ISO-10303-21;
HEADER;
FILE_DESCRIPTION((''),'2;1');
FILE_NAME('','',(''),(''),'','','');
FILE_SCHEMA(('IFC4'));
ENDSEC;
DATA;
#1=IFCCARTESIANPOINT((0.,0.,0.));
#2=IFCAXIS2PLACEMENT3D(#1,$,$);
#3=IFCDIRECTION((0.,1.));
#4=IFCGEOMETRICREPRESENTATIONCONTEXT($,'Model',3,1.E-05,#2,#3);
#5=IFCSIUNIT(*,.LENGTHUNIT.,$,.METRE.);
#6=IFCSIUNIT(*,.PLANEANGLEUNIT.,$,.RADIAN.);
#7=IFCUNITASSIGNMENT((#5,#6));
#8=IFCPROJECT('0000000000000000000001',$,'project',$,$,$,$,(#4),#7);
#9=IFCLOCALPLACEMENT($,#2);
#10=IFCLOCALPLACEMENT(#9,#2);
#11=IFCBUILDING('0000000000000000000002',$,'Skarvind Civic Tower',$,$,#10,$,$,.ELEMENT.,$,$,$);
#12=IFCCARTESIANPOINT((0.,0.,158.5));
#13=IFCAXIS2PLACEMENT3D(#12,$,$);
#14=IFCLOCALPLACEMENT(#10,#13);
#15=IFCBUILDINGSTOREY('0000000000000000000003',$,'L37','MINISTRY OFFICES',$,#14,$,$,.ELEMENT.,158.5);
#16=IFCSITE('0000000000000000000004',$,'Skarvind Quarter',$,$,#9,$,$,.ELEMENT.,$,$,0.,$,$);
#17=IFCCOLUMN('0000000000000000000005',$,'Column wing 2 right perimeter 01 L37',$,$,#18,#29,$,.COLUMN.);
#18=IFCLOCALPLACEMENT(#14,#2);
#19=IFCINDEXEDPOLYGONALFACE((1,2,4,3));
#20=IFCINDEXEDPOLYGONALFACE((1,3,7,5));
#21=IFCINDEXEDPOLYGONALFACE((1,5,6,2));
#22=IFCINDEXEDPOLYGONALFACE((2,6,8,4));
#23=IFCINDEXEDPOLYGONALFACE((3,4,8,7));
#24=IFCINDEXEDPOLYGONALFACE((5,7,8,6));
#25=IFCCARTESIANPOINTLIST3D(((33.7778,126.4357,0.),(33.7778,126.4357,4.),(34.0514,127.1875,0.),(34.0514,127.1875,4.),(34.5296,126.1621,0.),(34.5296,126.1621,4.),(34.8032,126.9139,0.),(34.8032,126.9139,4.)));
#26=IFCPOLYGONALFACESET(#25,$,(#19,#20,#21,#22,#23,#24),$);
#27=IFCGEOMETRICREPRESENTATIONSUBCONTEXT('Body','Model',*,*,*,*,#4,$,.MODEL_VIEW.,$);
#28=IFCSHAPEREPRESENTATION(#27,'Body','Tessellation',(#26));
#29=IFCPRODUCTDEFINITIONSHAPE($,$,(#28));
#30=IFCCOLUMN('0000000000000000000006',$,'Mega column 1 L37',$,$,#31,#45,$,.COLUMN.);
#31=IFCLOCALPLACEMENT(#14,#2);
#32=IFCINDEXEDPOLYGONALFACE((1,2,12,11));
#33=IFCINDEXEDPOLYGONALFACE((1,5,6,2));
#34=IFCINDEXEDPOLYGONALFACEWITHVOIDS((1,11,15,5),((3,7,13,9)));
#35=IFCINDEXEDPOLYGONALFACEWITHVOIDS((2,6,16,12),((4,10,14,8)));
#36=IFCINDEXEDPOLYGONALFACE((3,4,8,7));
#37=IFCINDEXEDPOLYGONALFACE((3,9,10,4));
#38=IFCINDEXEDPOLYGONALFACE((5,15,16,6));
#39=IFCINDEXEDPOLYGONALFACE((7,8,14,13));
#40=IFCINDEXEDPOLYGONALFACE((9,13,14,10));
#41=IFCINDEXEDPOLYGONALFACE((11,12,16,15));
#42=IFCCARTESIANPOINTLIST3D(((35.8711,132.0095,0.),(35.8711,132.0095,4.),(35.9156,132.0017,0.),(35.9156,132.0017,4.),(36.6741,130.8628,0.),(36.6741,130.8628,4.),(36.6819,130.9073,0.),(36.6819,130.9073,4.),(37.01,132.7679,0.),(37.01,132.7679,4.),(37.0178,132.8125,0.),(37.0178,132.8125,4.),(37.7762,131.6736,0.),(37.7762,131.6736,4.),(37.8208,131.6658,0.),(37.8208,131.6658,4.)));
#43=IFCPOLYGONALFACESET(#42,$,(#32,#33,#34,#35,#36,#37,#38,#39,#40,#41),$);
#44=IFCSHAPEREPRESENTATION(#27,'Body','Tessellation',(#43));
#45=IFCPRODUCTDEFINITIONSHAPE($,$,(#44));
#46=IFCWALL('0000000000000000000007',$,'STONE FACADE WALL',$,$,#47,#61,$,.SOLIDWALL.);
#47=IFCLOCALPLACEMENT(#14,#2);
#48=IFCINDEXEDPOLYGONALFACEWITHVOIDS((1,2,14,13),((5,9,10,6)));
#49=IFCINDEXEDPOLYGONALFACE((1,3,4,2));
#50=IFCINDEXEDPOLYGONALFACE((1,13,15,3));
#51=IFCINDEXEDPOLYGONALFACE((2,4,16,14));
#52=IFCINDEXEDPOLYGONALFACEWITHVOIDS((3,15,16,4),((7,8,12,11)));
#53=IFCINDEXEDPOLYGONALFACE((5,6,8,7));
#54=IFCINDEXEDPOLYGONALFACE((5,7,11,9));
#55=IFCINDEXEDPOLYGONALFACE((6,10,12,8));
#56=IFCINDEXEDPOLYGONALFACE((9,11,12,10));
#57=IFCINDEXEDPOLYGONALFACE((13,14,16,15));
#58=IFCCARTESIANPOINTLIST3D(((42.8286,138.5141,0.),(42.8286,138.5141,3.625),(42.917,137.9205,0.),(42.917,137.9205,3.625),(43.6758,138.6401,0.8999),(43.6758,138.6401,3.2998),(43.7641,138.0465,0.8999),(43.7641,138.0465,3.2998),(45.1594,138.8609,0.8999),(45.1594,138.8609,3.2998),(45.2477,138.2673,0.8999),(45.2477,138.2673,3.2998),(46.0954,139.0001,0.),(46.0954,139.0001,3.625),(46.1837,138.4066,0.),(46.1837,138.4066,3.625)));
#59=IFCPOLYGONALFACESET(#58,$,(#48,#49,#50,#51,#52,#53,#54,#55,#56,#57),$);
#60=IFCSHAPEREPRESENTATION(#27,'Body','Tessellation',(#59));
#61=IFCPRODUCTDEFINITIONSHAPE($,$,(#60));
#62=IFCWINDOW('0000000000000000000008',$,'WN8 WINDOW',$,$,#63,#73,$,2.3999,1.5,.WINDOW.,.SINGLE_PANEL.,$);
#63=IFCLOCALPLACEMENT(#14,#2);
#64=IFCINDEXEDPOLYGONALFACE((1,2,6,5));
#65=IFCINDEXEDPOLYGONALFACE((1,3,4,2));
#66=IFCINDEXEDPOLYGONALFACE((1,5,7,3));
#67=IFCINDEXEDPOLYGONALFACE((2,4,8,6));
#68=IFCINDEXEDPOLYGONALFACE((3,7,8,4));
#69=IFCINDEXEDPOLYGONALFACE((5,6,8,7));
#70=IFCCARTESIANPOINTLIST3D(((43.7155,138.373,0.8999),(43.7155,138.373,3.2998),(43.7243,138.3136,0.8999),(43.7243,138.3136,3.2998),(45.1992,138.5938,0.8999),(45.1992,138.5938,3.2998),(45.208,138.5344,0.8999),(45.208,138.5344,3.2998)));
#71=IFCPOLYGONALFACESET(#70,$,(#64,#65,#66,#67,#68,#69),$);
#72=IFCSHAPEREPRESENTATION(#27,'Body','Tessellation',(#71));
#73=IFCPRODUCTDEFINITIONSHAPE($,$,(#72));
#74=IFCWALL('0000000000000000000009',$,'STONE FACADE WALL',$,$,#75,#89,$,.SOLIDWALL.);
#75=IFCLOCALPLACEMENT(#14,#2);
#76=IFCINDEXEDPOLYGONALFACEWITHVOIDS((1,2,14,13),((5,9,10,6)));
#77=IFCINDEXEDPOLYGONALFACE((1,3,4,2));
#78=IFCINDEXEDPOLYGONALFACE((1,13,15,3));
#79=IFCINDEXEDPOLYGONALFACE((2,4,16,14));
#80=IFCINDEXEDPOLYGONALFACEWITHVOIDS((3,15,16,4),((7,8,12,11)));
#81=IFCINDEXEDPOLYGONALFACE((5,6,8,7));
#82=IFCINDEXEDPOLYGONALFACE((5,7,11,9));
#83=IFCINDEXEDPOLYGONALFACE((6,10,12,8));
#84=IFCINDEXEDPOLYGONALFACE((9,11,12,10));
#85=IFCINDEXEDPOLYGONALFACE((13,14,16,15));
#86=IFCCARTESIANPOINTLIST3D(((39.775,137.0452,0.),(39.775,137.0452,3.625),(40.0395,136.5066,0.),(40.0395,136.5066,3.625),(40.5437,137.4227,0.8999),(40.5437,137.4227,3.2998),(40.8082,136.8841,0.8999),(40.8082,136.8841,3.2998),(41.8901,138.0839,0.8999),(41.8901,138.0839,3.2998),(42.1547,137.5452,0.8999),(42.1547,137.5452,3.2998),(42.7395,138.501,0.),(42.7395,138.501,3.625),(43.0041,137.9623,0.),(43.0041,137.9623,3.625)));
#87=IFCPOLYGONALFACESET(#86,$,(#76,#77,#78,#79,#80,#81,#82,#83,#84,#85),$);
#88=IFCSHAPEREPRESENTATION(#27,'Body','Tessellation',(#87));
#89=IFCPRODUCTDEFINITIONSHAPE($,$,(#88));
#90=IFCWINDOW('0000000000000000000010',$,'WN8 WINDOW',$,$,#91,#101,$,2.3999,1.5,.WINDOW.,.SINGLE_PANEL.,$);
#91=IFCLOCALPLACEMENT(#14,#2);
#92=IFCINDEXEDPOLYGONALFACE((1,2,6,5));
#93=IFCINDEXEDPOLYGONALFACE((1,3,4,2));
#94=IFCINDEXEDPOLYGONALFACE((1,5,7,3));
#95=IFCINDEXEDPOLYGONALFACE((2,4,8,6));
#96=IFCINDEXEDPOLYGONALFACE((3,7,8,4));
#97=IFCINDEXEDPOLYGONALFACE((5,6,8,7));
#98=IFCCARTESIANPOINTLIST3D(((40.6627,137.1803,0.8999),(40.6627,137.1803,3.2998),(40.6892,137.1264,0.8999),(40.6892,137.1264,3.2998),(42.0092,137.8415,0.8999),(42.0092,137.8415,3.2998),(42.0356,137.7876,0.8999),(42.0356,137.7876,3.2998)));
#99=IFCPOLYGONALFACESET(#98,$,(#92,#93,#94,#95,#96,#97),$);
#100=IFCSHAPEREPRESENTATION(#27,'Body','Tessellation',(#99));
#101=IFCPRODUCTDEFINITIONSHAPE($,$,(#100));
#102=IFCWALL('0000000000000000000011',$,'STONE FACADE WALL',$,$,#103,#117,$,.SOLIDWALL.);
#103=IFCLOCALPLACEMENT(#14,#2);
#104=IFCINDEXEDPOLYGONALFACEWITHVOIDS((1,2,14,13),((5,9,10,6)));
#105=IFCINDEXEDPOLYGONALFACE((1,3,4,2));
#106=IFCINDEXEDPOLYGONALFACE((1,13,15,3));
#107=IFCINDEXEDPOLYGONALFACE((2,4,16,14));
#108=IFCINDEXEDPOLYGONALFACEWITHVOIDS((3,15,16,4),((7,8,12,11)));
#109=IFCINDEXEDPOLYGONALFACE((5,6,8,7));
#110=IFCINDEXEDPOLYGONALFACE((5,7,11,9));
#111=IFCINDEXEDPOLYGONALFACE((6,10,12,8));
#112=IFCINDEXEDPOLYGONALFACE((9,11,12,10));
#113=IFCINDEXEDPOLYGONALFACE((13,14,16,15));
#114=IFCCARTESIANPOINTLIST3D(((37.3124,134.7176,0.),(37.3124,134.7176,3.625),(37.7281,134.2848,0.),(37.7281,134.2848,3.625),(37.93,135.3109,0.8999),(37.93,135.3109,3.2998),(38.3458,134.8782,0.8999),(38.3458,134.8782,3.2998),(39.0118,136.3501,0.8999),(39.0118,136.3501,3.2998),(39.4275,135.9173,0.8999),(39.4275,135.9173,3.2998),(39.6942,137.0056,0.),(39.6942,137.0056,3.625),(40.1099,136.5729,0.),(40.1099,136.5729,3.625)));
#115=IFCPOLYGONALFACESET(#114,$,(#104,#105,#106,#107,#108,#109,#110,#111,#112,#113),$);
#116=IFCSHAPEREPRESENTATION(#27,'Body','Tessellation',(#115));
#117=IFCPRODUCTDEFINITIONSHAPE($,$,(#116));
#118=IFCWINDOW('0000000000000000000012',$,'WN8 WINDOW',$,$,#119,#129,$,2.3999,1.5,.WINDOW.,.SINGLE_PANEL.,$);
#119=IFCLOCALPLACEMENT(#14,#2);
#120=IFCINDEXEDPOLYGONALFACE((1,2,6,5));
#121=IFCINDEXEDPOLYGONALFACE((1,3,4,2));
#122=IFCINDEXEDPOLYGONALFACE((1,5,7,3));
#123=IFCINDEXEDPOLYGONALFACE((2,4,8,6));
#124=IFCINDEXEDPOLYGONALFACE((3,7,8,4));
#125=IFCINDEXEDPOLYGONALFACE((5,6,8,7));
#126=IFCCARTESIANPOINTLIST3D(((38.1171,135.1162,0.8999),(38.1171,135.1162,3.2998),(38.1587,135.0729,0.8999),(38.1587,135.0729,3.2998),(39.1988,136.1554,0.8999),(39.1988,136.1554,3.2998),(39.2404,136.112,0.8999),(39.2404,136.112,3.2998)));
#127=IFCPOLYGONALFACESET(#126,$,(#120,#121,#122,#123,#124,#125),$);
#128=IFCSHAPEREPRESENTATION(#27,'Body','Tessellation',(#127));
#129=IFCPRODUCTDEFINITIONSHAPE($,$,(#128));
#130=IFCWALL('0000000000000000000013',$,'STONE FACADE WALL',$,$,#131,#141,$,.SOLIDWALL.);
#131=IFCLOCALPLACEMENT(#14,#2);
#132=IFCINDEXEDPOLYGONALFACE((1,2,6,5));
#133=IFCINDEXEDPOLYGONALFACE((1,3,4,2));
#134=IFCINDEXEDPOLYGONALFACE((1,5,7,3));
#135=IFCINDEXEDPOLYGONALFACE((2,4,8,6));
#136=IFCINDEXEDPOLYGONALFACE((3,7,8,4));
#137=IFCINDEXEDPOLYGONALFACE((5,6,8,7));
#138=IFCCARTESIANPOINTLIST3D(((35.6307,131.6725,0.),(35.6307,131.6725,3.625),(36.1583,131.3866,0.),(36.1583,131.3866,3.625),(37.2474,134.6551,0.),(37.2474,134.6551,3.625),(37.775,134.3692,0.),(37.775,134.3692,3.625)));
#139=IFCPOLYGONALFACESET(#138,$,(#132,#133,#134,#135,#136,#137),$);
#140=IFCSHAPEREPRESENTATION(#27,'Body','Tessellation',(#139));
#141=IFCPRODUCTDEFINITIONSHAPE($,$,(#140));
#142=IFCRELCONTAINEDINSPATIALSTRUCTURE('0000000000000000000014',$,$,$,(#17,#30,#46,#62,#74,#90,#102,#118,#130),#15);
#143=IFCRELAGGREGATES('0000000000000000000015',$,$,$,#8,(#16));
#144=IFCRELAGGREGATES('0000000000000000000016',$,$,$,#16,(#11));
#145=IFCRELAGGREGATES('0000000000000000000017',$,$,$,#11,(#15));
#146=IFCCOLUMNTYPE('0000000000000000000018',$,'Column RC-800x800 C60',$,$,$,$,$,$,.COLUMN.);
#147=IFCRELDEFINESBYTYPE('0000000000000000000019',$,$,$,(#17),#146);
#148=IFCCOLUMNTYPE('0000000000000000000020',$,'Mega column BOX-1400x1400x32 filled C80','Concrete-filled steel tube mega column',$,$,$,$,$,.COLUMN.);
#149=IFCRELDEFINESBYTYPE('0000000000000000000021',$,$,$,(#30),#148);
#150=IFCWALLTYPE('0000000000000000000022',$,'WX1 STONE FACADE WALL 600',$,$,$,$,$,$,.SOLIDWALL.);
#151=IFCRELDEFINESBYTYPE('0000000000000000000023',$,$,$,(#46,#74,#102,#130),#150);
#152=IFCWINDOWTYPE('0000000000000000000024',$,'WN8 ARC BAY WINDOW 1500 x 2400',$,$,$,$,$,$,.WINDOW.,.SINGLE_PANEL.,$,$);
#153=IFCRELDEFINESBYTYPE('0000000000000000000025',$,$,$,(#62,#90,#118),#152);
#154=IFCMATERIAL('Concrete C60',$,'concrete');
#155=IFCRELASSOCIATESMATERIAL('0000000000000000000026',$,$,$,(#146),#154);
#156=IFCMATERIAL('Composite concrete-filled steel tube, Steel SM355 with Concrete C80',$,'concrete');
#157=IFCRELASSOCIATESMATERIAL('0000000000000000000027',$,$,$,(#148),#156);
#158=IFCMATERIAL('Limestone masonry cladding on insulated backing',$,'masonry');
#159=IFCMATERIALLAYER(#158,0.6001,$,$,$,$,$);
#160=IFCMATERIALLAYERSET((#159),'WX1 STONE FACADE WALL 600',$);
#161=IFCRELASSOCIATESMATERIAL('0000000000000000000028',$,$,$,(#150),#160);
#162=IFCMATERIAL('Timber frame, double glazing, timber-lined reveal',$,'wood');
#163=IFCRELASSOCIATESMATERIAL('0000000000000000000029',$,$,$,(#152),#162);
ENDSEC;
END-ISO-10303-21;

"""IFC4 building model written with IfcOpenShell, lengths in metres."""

from ifc_helpers import new_model, si_unit, direction, frame, frame_2d, origin, origin_2d, place, context, subcontext, project, spatial, rectangle, hollow_rectangle, extrude, material, layer, layer_set, material_profile, profile_set, type_object, element, fill, save


model = new_model("IFC4")

# Units and contexts
model_context = context("Model", 3, precision=1e-05, world=origin(), true_north=direction((0.0, 1.0)))
body_context = subcontext(model_context, "Body", "Model", "MODEL_VIEW")
ifc_project = project(units=[si_unit("LENGTHUNIT", "METRE"), si_unit("PLANEANGLEUNIT", "RADIAN")], contexts=[model_context])

# Site, building, storey
site_placement = place(None, origin())
site = spatial("IfcSite", under=ifc_project, at=site_placement, Name="Skarvind Quarter", CompositionType="ELEMENT", RefElevation=0.0)
building_placement = place(site_placement, origin())
building = spatial("IfcBuilding", under=site, at=building_placement, Name="Skarvind Civic Tower", CompositionType="ELEMENT")
storey_placement = place(building_placement, frame((0.0, 0.0, 158.5)))
storey = spatial("IfcBuildingStorey", under=building, at=storey_placement, Name="L37", Description="MINISTRY OFFICES", CompositionType="ELEMENT", Elevation=158.5)

# Columns
ifc_material_1 = material(Name="Concrete C60", Category="concrete")
ifc_material_profile_1 = material_profile(ifc_material_1, rectangle(XDim=0.8, YDim=0.8, at=origin_2d()), Name="RC-800x800")
ifc_profile_set_1 = profile_set([ifc_material_profile_1], Name="Concrete C60")
column_type_1 = type_object("IfcColumnType", Name="Column RC-800x800 C60", PredefinedType="COLUMN", material=ifc_profile_set_1)
column_1_placement = place(storey_placement, frame((34.2905, 126.6748, 0.0), z_axis=(0.0, 0.0, 1.0), x_axis=(-0.34202, -0.939693, 0.0)))
element("IfcColumn", 1, at=column_1_placement, inside=storey, type_object=column_type_1, Name="Column wing 2 right perimeter 01 L37", PredefinedType="COLUMN", context=body_context, shape_type="SweptSolid", body=[
    extrude(rectangle(XDim=0.8, YDim=0.8, at=origin_2d()), origin(), (0.0, 0.0, 1.0), 4.0),
])
ifc_material_2 = material(Name="Composite concrete-filled steel tube, Steel SM355 with Concrete C80", Category="concrete")
ifc_material_profile_2 = material_profile(ifc_material_2, hollow_rectangle(XDim=1.3999, YDim=1.3999, WallThickness=0.032, at=origin_2d()), Name="BOX-1400x1400x32")
ifc_profile_set_2 = profile_set([ifc_material_profile_2], Name="Composite concrete-filled steel tube, Steel SM355 with Concrete C80")
column_type_2 = type_object("IfcColumnType", Name="Mega column BOX-1400x1400x32 filled C80", Description="Concrete-filled steel tube mega column", PredefinedType="COLUMN", material=ifc_profile_set_2)
column_2_placement = place(storey_placement, frame((36.8459, 131.8376, 0.0), z_axis=(0.0, 0.0, 1.0), x_axis=(0.573576, -0.819152, 0.0)))
element("IfcColumn", 2, at=column_2_placement, inside=storey, type_object=column_type_2, Name="Mega column 1 L37", PredefinedType="COLUMN", context=body_context, shape_type="SweptSolid", body=[
    extrude(hollow_rectangle(XDim=1.3999, YDim=1.3999, WallThickness=0.032, at=origin_2d()), origin(), (0.0, 0.0, 1.0), 4.0),
])

# Shared definitions
ifc_material_3 = material(Name="Limestone masonry cladding on insulated backing", Category="masonry")
ifc_layer = layer(ifc_material_3, 0.6001)
ifc_layer_set = layer_set([ifc_layer], Name="WX1 STONE FACADE WALL 600")
wall_type = type_object("IfcWallType", Name="WX1 STONE FACADE WALL 600", PredefinedType="SOLIDWALL", material=ifc_layer_set)
ifc_material_4 = material(Name="Timber frame, double glazing, timber-lined reveal", Category="wood")

# Walls, openings, windows
wall_1_placement = place(storey_placement, frame((42.8728, 138.2173, 0.0), z_axis=(0.0, 0.0, 1.0), x_axis=(0.989111, 0.147173, 0.0)))
wall_1 = element("IfcWall", 3, at=wall_1_placement, inside=storey, type_object=wall_type, Name="STONE FACADE WALL", PredefinedType="SOLIDWALL", context=body_context, shape_type="SweptSolid", body=[
    extrude(rectangle(XDim=3.3027, YDim=0.6001, at=frame_2d((1.6514, 0.0))), origin(), (0.0, 0.0, 1.0), 3.625),
])
opening_1_placement = place(wall_1_placement, frame((0.8564, 0.0, 0.8999)))
opening_1 = element("IfcOpeningElement", 4, at=opening_1_placement, cuts=wall_1, PredefinedType="OPENING", context=body_context, shape_type="SweptSolid", body=[
    extrude(rectangle(XDim=1.5, YDim=2.3999, at=frame_2d((0.75, 1.2))), frame((0.0, 0.3101, 0.0), z_axis=(0.0, -1.0, 0.0), x_axis=(1.0, 0.0, 0.0)), (0.0, 0.0, 1.0), 0.6201),
])
window_type_1 = type_object("IfcWindowType", Name="WN8 ARC BAY WINDOW 1500 x 2400", PartitioningType="SINGLE_PANEL", PredefinedType="WINDOW", material=ifc_material_4)
window_1_placement = place(opening_1_placement, origin())
window_1 = element("IfcWindow", 5, at=window_1_placement, inside=storey, type_object=window_type_1, Name="WN8 WINDOW", OverallHeight=2.3999, OverallWidth=1.5, PartitioningType="SINGLE_PANEL", PredefinedType="WINDOW", context=body_context, shape_type="SweptSolid", body=[
    extrude(rectangle(XDim=1.5, YDim=2.3999, at=frame_2d((0.75, 1.2))), frame((0.0, 0.03, 0.0), z_axis=(0.0, -1.0, 0.0), x_axis=(1.0, 0.0, 0.0)), (0.0, 0.0, 1.0), 0.0601),
])
fill(opening_1, window_1)
wall_2_placement = place(storey_placement, frame((39.9072, 136.7759, 0.0), z_axis=(0.0, 0.0, 1.0), x_axis=(0.897612, 0.440786, 0.0)))
wall_2 = element("IfcWall", 6, at=wall_2_placement, inside=storey, type_object=wall_type, Name="STONE FACADE WALL", PredefinedType="SOLIDWALL", context=body_context, shape_type="SweptSolid", body=[
    extrude(rectangle(XDim=3.3027, YDim=0.6001, at=frame_2d((1.6514, 0.0))), origin(), (0.0, 0.0, 1.0), 3.625),
])
opening_2_placement = place(wall_2_placement, frame((0.8564, 0.0, 0.8999)))
opening_2 = element("IfcOpeningElement", 7, at=opening_2_placement, cuts=wall_2, PredefinedType="OPENING", context=body_context, shape_type="SweptSolid", body=[
    extrude(rectangle(XDim=1.5, YDim=2.3999, at=frame_2d((0.75, 1.2))), frame((0.0, 0.3101, 0.0), z_axis=(0.0, -1.0, 0.0), x_axis=(1.0, 0.0, 0.0)), (0.0, 0.0, 1.0), 0.6201),
])
window_2_placement = place(opening_2_placement, origin())
window_2 = element("IfcWindow", 8, at=window_2_placement, inside=storey, type_object=window_type_1, Name="WN8 WINDOW", OverallHeight=2.3999, OverallWidth=1.5, PartitioningType="SINGLE_PANEL", PredefinedType="WINDOW", context=body_context, shape_type="SweptSolid", body=[
    extrude(rectangle(XDim=1.5, YDim=2.3999, at=frame_2d((0.75, 1.2))), frame((0.0, 0.03, 0.0), z_axis=(0.0, -1.0, 0.0), x_axis=(1.0, 0.0, 0.0)), (0.0, 0.0, 1.0), 0.0601),
])
fill(opening_2, window_2)
wall_3_placement = place(storey_placement, frame((37.5203, 134.5012, 0.0), z_axis=(0.0, 0.0, 1.0), x_axis=(0.721157, 0.692772, 0.0)))
wall_3 = element("IfcWall", 9, at=wall_3_placement, inside=storey, type_object=wall_type, Name="STONE FACADE WALL", PredefinedType="SOLIDWALL", context=body_context, shape_type="SweptSolid", body=[
    extrude(rectangle(XDim=3.3027, YDim=0.6001, at=frame_2d((1.6514, 0.0))), origin(), (0.0, 0.0, 1.0), 3.625),
])
opening_3_placement = place(wall_3_placement, frame((0.8564, 0.0, 0.8999)))
opening_3 = element("IfcOpeningElement", 10, at=opening_3_placement, cuts=wall_3, PredefinedType="OPENING", context=body_context, shape_type="SweptSolid", body=[
    extrude(rectangle(XDim=1.5, YDim=2.3999, at=frame_2d((0.75, 1.2))), frame((0.0, 0.3101, 0.0), z_axis=(0.0, -1.0, 0.0), x_axis=(1.0, 0.0, 0.0)), (0.0, 0.0, 1.0), 0.6201),
])
window_3_placement = place(opening_3_placement, origin())
window_3 = element("IfcWindow", 11, at=window_3_placement, inside=storey, type_object=window_type_1, Name="WN8 WINDOW", OverallHeight=2.3999, OverallWidth=1.5, PartitioningType="SINGLE_PANEL", PredefinedType="WINDOW", context=body_context, shape_type="SweptSolid", body=[
    extrude(rectangle(XDim=1.5, YDim=2.3999, at=frame_2d((0.75, 1.2))), frame((0.0, 0.03, 0.0), z_axis=(0.0, -1.0, 0.0), x_axis=(1.0, 0.0, 0.0)), (0.0, 0.0, 1.0), 0.0601),
])
fill(opening_3, window_3)

# Wall
wall_4_placement = place(storey_placement, frame((35.8945, 131.5295, 0.0), z_axis=(0.0, 0.0, 1.0), x_axis=(0.476531, 0.879158, 0.0)))
element("IfcWall", 12, at=wall_4_placement, inside=storey, type_object=wall_type, Name="STONE FACADE WALL", PredefinedType="SOLIDWALL", context=body_context, shape_type="SweptSolid", body=[
    extrude(rectangle(XDim=3.3926, YDim=0.6001, at=frame_2d((1.6963, 0.0))), origin(), (0.0, 0.0, 1.0), 3.625),
])

save(model, "model.ifc")
